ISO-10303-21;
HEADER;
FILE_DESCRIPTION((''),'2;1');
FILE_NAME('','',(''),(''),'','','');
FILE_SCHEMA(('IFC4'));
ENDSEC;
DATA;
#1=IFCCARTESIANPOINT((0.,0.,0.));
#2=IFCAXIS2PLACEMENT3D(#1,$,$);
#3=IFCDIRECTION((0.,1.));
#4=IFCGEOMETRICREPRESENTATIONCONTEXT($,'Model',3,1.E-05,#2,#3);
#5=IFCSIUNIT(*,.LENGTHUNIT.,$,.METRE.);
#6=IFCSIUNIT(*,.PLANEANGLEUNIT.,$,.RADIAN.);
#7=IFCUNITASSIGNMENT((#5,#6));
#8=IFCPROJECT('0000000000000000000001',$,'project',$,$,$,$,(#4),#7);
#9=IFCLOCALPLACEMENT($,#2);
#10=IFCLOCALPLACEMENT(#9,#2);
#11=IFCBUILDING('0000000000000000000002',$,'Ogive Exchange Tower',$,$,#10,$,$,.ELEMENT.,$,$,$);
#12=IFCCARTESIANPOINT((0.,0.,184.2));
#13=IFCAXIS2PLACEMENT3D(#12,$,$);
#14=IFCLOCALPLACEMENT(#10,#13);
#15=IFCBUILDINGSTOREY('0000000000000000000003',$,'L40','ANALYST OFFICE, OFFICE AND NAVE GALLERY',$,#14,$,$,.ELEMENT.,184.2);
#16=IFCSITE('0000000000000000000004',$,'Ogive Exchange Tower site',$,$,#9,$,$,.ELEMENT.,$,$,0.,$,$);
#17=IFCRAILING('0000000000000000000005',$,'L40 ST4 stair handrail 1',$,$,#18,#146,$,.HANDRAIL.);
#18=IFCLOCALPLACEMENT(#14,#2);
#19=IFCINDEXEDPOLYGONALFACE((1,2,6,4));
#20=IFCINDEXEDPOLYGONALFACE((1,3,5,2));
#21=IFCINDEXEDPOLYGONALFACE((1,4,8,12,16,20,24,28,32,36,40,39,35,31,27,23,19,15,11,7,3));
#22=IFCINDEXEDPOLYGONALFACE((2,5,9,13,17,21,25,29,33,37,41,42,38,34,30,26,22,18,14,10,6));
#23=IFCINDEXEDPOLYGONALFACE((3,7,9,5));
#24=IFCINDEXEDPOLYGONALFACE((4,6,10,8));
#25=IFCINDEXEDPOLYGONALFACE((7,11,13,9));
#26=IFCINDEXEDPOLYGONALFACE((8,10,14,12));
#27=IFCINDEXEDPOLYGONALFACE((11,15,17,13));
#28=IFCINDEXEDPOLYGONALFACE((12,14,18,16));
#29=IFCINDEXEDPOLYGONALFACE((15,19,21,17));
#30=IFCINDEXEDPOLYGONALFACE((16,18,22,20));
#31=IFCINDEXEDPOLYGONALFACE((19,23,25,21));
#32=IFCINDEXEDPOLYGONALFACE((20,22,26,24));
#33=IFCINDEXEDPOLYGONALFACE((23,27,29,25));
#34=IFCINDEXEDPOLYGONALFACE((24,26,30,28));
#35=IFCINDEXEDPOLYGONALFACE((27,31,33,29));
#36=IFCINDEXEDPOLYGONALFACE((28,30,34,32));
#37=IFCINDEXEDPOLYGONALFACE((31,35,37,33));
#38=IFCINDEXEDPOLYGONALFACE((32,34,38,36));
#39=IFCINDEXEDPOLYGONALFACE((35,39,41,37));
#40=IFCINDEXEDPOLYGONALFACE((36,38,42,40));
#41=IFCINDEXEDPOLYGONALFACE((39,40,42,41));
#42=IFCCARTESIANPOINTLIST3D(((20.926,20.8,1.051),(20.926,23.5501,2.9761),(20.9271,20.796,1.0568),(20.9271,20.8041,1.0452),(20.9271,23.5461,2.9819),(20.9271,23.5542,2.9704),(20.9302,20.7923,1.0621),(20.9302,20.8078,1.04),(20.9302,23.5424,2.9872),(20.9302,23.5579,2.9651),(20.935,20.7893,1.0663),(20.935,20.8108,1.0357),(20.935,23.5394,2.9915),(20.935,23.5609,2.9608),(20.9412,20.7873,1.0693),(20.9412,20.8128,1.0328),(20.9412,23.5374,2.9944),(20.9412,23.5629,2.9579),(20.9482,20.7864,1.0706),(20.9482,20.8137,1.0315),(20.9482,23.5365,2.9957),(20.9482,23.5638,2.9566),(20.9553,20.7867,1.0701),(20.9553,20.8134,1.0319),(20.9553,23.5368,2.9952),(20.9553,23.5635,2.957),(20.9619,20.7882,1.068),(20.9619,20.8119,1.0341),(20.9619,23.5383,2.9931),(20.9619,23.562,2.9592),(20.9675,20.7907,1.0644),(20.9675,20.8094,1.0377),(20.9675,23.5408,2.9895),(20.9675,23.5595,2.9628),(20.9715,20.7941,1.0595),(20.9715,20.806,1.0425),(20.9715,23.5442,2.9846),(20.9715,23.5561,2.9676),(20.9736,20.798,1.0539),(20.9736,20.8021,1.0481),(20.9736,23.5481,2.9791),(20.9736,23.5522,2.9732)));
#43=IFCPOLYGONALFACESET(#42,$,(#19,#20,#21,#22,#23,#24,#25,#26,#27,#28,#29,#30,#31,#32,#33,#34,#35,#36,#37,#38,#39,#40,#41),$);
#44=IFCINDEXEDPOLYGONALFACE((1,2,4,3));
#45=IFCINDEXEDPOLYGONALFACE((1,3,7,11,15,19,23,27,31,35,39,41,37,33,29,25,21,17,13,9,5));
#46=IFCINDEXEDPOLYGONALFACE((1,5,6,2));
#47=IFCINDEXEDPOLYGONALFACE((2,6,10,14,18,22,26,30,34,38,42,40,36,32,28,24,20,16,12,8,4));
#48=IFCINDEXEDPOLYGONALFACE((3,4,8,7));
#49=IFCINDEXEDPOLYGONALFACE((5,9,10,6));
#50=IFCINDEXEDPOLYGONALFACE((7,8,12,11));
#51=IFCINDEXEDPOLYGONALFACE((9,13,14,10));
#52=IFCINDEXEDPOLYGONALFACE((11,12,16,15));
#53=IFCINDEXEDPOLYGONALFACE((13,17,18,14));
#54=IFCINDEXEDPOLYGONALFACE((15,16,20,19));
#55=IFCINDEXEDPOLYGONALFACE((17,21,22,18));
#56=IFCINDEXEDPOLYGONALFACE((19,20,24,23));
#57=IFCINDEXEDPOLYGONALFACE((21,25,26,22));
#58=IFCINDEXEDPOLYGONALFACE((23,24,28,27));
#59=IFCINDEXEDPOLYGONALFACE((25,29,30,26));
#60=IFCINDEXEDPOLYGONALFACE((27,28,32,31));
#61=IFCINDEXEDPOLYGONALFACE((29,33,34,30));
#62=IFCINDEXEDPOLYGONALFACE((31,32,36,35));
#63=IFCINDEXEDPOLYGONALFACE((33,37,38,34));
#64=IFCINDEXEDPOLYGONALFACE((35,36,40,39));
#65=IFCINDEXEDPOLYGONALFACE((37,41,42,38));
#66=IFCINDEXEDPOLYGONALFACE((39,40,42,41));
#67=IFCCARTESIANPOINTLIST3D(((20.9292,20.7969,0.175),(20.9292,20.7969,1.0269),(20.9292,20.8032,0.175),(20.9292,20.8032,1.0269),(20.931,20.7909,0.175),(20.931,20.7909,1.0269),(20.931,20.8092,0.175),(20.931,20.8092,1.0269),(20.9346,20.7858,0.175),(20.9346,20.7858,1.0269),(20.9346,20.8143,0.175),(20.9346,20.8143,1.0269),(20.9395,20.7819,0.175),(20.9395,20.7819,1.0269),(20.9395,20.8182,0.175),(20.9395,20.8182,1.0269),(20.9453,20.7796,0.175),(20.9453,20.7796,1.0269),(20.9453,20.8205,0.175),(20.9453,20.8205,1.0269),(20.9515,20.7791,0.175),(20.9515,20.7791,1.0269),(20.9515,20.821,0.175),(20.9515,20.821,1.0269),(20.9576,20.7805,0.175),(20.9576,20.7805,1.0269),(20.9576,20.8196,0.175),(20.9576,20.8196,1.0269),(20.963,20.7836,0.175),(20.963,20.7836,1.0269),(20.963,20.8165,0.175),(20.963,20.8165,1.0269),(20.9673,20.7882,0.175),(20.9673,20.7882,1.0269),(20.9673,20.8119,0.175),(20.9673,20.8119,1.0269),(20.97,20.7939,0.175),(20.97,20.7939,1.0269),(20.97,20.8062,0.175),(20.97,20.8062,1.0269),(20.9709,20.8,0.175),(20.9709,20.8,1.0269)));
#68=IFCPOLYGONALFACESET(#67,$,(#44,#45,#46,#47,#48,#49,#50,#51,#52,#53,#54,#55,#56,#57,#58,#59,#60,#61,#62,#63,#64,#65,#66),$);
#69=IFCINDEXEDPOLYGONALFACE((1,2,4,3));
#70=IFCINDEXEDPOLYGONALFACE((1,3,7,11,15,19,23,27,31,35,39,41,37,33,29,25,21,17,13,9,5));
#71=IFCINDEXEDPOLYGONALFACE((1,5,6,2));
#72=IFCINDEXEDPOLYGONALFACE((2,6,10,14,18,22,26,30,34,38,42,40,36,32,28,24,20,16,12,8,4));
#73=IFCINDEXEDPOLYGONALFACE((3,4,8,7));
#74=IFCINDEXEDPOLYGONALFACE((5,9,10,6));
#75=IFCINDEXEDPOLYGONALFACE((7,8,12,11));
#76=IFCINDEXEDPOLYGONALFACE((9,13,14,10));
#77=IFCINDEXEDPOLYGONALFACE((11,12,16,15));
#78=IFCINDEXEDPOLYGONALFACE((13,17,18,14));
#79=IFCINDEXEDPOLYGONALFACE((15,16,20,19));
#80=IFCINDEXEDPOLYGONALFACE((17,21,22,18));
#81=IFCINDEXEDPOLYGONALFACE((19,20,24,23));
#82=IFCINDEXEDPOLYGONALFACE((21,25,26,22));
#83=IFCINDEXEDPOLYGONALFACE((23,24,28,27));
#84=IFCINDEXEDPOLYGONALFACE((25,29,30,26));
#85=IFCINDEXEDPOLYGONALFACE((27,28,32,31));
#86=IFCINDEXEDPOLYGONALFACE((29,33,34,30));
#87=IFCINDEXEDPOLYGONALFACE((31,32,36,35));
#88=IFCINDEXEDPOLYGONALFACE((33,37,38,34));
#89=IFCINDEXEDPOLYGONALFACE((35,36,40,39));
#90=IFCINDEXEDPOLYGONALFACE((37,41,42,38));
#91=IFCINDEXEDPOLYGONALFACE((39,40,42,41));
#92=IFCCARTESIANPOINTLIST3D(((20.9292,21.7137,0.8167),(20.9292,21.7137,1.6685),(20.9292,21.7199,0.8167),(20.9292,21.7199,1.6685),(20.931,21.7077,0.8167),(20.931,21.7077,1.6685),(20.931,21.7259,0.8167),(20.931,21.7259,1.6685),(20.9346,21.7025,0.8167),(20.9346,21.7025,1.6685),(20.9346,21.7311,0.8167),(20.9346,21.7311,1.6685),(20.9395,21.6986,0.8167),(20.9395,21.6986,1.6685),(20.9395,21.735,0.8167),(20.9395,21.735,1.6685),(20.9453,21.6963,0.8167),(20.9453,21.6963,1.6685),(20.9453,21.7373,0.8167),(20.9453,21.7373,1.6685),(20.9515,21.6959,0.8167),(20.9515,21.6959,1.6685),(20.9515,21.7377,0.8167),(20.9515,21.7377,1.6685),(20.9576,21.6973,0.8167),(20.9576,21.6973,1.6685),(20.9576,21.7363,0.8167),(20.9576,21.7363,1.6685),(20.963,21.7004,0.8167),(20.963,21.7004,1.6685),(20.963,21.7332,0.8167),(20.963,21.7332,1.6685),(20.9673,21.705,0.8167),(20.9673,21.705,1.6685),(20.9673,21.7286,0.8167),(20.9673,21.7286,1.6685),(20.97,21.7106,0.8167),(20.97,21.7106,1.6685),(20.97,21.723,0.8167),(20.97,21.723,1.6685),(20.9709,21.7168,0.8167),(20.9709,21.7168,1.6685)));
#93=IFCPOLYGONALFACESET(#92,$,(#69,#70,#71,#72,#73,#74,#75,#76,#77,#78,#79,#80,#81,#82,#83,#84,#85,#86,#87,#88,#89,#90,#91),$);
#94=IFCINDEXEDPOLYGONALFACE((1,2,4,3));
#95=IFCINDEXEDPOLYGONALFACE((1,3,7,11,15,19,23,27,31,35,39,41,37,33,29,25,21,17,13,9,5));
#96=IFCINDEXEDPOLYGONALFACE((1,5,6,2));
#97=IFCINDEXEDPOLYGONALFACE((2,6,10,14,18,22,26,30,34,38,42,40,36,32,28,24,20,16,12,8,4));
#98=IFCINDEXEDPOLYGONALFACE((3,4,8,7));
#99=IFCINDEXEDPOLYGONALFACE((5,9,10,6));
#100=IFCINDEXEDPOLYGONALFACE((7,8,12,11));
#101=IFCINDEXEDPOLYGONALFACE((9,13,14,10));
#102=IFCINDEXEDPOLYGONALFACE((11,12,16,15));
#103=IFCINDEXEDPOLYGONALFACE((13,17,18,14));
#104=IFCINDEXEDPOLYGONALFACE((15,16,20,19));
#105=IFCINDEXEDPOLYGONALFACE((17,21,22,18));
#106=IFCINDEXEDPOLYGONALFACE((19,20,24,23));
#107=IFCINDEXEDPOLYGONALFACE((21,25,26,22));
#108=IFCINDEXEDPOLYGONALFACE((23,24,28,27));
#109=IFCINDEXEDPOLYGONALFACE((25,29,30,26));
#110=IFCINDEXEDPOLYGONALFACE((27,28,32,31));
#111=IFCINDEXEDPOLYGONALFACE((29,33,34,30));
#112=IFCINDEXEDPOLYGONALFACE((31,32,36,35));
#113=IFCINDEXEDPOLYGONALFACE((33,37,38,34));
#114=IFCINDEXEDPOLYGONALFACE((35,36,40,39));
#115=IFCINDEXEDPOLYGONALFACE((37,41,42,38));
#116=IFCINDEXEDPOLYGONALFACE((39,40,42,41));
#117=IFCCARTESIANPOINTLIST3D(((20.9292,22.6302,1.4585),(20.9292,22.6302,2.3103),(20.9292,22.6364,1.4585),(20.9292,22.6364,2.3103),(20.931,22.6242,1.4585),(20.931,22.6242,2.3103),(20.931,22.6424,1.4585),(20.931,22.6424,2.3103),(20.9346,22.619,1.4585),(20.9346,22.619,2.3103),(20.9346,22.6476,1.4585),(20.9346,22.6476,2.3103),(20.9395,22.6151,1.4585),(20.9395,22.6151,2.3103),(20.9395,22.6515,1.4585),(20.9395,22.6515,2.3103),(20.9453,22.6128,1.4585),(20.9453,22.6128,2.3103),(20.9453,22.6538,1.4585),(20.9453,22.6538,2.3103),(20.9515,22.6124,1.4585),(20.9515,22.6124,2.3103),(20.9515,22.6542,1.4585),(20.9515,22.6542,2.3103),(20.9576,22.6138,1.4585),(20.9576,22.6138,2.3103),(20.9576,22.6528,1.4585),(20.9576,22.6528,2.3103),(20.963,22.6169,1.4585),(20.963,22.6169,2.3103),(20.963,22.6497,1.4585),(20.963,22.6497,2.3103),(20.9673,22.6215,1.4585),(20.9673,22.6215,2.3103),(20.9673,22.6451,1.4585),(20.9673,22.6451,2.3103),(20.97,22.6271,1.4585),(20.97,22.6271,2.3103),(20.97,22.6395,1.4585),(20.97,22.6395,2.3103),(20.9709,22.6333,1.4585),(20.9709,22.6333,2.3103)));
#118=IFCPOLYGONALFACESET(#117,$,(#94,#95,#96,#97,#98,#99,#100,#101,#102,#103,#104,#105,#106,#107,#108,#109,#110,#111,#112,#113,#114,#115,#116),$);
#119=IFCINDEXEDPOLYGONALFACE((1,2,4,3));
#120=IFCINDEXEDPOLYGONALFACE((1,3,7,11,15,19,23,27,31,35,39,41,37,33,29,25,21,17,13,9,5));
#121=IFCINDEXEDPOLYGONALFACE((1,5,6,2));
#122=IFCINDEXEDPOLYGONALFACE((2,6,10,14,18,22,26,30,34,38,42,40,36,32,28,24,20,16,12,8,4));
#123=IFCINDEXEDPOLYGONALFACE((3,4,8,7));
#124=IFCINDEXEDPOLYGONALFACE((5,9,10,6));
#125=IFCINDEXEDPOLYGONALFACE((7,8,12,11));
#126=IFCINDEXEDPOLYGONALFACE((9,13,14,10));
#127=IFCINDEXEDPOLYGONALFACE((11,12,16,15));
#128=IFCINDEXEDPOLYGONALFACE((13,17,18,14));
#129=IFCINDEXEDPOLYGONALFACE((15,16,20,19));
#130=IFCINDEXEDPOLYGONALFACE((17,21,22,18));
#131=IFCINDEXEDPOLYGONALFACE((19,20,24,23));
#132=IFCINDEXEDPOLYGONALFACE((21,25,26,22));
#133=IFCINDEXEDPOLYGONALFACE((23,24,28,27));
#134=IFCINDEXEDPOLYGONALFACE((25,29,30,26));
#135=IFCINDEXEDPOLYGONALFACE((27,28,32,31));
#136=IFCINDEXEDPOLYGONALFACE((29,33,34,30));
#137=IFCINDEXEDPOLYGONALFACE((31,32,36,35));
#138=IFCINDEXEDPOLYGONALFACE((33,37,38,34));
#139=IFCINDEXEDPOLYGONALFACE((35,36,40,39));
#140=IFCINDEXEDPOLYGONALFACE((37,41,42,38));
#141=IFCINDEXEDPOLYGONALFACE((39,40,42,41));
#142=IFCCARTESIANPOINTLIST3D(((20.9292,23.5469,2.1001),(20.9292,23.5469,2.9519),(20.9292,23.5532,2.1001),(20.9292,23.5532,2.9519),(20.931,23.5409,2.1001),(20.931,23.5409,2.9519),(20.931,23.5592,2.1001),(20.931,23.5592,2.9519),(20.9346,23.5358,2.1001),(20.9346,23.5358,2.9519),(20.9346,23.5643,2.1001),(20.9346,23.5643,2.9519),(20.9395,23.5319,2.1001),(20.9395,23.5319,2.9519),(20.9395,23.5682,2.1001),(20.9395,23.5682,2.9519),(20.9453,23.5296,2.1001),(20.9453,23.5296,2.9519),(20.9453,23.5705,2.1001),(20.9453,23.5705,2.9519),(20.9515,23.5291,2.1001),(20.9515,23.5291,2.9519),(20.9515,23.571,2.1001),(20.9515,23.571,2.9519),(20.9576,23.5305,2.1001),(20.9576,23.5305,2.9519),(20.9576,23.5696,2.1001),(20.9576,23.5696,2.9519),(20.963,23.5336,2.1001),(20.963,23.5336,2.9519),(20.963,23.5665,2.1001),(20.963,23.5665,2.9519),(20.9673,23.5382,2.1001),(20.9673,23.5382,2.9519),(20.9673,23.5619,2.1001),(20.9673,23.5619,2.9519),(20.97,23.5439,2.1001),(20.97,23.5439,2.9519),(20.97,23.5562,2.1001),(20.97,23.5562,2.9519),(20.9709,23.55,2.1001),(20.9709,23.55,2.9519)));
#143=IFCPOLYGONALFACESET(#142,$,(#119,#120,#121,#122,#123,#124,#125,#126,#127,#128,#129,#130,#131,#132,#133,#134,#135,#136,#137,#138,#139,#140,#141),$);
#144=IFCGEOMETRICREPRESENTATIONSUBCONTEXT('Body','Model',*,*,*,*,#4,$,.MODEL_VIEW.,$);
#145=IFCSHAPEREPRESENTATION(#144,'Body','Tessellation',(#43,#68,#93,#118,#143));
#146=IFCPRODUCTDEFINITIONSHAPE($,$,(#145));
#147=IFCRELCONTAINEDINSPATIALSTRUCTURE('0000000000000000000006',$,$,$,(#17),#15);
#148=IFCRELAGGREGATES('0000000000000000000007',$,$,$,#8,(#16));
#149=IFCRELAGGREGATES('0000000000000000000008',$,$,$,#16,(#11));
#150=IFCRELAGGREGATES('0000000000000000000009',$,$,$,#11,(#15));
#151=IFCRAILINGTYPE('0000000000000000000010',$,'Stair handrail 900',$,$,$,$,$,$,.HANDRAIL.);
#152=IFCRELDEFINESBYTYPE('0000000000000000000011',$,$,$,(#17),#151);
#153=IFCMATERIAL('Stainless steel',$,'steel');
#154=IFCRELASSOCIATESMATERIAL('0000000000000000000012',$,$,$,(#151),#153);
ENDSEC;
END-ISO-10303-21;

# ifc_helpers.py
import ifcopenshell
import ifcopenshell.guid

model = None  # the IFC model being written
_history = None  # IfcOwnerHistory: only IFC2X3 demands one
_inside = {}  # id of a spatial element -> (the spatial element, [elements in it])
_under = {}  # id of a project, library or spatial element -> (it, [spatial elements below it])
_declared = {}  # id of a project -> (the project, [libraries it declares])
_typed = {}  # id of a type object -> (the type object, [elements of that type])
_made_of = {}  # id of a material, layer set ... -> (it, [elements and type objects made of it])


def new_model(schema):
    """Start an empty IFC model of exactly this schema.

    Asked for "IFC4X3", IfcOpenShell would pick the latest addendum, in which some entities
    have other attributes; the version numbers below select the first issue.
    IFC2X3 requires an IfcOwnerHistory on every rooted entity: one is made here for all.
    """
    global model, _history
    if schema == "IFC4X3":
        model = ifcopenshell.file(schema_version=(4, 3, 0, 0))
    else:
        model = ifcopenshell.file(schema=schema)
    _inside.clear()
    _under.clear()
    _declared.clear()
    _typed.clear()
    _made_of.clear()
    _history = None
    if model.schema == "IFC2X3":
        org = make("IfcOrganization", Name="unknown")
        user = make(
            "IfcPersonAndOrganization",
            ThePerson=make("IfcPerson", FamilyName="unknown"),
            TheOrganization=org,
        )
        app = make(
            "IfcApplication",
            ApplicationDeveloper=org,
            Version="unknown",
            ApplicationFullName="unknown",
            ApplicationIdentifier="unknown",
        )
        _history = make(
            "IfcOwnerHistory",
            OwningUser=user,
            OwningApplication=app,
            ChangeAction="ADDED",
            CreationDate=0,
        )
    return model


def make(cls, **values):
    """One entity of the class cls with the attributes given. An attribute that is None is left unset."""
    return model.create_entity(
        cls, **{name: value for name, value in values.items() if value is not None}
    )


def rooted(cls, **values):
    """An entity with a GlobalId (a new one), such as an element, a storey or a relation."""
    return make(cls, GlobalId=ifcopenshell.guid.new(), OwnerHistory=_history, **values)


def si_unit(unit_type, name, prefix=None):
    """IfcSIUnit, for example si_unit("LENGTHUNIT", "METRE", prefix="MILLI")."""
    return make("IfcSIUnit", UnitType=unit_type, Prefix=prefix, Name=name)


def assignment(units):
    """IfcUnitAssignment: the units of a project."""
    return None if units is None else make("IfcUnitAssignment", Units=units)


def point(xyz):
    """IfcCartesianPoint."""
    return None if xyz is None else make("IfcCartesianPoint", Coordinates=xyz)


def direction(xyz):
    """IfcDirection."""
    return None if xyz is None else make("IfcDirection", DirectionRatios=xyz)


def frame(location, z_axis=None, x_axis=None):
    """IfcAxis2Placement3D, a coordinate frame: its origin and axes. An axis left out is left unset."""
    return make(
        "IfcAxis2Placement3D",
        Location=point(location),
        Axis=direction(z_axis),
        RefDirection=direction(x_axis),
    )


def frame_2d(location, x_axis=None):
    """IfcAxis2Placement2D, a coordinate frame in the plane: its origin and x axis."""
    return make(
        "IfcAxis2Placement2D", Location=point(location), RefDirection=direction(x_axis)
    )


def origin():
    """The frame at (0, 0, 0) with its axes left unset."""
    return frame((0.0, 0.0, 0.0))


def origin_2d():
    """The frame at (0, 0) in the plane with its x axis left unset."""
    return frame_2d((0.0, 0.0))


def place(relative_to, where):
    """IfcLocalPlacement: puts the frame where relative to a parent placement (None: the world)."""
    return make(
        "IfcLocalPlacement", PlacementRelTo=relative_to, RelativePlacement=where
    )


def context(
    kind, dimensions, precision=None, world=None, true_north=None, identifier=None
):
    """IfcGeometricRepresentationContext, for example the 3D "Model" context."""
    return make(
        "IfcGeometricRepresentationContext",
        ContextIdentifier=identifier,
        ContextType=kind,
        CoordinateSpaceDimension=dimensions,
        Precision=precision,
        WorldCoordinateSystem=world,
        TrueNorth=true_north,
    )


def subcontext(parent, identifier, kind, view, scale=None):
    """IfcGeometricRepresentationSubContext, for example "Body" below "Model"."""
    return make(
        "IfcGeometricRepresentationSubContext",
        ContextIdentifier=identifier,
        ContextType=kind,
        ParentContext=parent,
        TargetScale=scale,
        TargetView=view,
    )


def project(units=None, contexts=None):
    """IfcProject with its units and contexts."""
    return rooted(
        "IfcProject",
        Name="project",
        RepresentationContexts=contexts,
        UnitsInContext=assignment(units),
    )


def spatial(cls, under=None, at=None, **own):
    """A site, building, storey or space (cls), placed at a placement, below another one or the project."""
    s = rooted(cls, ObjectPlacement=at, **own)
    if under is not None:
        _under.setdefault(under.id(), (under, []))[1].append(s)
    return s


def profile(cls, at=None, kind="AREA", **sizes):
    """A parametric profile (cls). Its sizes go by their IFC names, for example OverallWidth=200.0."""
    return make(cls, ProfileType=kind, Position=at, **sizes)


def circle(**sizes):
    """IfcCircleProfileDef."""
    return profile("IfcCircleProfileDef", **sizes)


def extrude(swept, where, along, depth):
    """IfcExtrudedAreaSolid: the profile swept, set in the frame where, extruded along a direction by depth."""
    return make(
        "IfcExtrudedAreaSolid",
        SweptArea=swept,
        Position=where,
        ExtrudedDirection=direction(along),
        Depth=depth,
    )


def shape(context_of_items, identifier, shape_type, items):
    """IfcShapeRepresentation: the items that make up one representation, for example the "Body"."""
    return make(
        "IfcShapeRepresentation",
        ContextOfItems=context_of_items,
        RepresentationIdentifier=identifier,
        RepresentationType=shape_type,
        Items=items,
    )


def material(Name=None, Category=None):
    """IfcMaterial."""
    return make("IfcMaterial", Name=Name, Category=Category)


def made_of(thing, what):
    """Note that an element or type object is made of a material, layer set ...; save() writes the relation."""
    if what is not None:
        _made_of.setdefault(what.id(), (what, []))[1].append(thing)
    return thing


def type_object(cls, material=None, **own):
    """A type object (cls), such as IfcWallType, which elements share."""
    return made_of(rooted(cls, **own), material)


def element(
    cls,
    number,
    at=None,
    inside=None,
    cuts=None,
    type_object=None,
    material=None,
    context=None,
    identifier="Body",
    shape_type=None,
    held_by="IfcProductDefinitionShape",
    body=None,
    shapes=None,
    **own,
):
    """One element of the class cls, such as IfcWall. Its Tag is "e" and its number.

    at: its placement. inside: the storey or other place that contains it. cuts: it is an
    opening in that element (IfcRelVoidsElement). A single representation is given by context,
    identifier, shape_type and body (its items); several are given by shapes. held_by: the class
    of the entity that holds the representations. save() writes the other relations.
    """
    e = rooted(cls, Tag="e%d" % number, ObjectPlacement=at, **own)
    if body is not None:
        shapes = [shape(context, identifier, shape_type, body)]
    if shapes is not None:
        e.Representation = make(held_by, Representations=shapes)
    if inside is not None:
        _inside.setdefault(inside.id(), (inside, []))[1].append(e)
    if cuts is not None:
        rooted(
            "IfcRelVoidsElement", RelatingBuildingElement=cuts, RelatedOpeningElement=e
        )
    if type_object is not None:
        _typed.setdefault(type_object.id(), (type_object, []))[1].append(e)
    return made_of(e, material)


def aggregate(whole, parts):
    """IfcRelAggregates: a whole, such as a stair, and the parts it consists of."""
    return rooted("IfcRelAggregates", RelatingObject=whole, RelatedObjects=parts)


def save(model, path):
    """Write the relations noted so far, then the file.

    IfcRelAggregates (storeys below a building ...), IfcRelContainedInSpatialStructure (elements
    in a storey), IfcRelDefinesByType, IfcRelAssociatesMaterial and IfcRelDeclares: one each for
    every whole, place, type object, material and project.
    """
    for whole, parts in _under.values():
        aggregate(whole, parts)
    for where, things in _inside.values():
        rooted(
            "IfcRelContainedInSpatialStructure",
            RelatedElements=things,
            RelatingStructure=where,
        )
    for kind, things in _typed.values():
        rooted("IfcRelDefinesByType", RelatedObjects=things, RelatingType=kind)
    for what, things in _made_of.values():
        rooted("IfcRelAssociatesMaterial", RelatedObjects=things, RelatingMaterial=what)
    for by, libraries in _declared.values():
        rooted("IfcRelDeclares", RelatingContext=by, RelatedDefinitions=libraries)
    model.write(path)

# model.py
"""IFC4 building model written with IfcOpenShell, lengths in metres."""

from ifc_helpers import new_model, si_unit, direction, frame, origin, origin_2d, place, context, subcontext, project, spatial, circle, extrude, material, type_object, element, save


model = new_model("IFC4")

# Units and contexts
model_context = context("Model", 3, precision=1e-05, world=origin(), true_north=direction((0.0, 1.0)))
body_context = subcontext(model_context, "Body", "Model", "MODEL_VIEW")
ifc_project = project(units=[si_unit("LENGTHUNIT", "METRE"), si_unit("PLANEANGLEUNIT", "RADIAN")], contexts=[model_context])

# Site, building, storey
site_placement = place(None, origin())
site = spatial("IfcSite", under=ifc_project, at=site_placement, Name="Ogive Exchange Tower site", CompositionType="ELEMENT", RefElevation=0.0)
building_placement = place(site_placement, origin())
building = spatial("IfcBuilding", under=site, at=building_placement, Name="Ogive Exchange Tower", CompositionType="ELEMENT")
storey_placement = place(building_placement, frame((0.0, 0.0, 184.2)))
storey = spatial("IfcBuildingStorey", under=building, at=storey_placement, Name="L40", Description="ANALYST OFFICE, OFFICE AND NAVE GALLERY", CompositionType="ELEMENT", Elevation=184.2)

# Railing
ifc_material_1 = material(Name="Stainless steel", Category="steel")
railing_type = type_object("IfcRailingType", Name="Stair handrail 900", PredefinedType="HANDRAIL", material=ifc_material_1)
railing_placement = place(storey_placement, frame((20.95, 20.8, 0.175)))
element("IfcRailing", 1, at=railing_placement, inside=storey, type_object=railing_type, Name="L40 ST4 stair handrail 1", PredefinedType="HANDRAIL", context=body_context, shape_type="SweptSolid", body=[
    extrude(circle(Radius=0.0239, at=origin_2d()), frame((0.0, 0.0, 0.876), z_axis=(0.0, 0.819225, 0.573472), x_axis=(-1.0, 0.0, 0.0)), (0.0, 0.0, 1.0), 3.3569),
    extrude(circle(Radius=0.021, at=origin_2d()), origin(), (0.0, 0.0, 1.0), 0.8518),
    extrude(circle(Radius=0.021, at=origin_2d()), frame((0.0, 0.9167, 0.6416)), (0.0, 0.0, 1.0), 0.8518),
    extrude(circle(Radius=0.021, at=origin_2d()), frame((0.0, 1.8333, 1.2834)), (0.0, 0.0, 1.0), 0.8518),
    extrude(circle(Radius=0.021, at=origin_2d()), frame((0.0, 2.75, 1.925)), (0.0, 0.0, 1.0), 0.8518),
])

save(model, "model.ifc")
